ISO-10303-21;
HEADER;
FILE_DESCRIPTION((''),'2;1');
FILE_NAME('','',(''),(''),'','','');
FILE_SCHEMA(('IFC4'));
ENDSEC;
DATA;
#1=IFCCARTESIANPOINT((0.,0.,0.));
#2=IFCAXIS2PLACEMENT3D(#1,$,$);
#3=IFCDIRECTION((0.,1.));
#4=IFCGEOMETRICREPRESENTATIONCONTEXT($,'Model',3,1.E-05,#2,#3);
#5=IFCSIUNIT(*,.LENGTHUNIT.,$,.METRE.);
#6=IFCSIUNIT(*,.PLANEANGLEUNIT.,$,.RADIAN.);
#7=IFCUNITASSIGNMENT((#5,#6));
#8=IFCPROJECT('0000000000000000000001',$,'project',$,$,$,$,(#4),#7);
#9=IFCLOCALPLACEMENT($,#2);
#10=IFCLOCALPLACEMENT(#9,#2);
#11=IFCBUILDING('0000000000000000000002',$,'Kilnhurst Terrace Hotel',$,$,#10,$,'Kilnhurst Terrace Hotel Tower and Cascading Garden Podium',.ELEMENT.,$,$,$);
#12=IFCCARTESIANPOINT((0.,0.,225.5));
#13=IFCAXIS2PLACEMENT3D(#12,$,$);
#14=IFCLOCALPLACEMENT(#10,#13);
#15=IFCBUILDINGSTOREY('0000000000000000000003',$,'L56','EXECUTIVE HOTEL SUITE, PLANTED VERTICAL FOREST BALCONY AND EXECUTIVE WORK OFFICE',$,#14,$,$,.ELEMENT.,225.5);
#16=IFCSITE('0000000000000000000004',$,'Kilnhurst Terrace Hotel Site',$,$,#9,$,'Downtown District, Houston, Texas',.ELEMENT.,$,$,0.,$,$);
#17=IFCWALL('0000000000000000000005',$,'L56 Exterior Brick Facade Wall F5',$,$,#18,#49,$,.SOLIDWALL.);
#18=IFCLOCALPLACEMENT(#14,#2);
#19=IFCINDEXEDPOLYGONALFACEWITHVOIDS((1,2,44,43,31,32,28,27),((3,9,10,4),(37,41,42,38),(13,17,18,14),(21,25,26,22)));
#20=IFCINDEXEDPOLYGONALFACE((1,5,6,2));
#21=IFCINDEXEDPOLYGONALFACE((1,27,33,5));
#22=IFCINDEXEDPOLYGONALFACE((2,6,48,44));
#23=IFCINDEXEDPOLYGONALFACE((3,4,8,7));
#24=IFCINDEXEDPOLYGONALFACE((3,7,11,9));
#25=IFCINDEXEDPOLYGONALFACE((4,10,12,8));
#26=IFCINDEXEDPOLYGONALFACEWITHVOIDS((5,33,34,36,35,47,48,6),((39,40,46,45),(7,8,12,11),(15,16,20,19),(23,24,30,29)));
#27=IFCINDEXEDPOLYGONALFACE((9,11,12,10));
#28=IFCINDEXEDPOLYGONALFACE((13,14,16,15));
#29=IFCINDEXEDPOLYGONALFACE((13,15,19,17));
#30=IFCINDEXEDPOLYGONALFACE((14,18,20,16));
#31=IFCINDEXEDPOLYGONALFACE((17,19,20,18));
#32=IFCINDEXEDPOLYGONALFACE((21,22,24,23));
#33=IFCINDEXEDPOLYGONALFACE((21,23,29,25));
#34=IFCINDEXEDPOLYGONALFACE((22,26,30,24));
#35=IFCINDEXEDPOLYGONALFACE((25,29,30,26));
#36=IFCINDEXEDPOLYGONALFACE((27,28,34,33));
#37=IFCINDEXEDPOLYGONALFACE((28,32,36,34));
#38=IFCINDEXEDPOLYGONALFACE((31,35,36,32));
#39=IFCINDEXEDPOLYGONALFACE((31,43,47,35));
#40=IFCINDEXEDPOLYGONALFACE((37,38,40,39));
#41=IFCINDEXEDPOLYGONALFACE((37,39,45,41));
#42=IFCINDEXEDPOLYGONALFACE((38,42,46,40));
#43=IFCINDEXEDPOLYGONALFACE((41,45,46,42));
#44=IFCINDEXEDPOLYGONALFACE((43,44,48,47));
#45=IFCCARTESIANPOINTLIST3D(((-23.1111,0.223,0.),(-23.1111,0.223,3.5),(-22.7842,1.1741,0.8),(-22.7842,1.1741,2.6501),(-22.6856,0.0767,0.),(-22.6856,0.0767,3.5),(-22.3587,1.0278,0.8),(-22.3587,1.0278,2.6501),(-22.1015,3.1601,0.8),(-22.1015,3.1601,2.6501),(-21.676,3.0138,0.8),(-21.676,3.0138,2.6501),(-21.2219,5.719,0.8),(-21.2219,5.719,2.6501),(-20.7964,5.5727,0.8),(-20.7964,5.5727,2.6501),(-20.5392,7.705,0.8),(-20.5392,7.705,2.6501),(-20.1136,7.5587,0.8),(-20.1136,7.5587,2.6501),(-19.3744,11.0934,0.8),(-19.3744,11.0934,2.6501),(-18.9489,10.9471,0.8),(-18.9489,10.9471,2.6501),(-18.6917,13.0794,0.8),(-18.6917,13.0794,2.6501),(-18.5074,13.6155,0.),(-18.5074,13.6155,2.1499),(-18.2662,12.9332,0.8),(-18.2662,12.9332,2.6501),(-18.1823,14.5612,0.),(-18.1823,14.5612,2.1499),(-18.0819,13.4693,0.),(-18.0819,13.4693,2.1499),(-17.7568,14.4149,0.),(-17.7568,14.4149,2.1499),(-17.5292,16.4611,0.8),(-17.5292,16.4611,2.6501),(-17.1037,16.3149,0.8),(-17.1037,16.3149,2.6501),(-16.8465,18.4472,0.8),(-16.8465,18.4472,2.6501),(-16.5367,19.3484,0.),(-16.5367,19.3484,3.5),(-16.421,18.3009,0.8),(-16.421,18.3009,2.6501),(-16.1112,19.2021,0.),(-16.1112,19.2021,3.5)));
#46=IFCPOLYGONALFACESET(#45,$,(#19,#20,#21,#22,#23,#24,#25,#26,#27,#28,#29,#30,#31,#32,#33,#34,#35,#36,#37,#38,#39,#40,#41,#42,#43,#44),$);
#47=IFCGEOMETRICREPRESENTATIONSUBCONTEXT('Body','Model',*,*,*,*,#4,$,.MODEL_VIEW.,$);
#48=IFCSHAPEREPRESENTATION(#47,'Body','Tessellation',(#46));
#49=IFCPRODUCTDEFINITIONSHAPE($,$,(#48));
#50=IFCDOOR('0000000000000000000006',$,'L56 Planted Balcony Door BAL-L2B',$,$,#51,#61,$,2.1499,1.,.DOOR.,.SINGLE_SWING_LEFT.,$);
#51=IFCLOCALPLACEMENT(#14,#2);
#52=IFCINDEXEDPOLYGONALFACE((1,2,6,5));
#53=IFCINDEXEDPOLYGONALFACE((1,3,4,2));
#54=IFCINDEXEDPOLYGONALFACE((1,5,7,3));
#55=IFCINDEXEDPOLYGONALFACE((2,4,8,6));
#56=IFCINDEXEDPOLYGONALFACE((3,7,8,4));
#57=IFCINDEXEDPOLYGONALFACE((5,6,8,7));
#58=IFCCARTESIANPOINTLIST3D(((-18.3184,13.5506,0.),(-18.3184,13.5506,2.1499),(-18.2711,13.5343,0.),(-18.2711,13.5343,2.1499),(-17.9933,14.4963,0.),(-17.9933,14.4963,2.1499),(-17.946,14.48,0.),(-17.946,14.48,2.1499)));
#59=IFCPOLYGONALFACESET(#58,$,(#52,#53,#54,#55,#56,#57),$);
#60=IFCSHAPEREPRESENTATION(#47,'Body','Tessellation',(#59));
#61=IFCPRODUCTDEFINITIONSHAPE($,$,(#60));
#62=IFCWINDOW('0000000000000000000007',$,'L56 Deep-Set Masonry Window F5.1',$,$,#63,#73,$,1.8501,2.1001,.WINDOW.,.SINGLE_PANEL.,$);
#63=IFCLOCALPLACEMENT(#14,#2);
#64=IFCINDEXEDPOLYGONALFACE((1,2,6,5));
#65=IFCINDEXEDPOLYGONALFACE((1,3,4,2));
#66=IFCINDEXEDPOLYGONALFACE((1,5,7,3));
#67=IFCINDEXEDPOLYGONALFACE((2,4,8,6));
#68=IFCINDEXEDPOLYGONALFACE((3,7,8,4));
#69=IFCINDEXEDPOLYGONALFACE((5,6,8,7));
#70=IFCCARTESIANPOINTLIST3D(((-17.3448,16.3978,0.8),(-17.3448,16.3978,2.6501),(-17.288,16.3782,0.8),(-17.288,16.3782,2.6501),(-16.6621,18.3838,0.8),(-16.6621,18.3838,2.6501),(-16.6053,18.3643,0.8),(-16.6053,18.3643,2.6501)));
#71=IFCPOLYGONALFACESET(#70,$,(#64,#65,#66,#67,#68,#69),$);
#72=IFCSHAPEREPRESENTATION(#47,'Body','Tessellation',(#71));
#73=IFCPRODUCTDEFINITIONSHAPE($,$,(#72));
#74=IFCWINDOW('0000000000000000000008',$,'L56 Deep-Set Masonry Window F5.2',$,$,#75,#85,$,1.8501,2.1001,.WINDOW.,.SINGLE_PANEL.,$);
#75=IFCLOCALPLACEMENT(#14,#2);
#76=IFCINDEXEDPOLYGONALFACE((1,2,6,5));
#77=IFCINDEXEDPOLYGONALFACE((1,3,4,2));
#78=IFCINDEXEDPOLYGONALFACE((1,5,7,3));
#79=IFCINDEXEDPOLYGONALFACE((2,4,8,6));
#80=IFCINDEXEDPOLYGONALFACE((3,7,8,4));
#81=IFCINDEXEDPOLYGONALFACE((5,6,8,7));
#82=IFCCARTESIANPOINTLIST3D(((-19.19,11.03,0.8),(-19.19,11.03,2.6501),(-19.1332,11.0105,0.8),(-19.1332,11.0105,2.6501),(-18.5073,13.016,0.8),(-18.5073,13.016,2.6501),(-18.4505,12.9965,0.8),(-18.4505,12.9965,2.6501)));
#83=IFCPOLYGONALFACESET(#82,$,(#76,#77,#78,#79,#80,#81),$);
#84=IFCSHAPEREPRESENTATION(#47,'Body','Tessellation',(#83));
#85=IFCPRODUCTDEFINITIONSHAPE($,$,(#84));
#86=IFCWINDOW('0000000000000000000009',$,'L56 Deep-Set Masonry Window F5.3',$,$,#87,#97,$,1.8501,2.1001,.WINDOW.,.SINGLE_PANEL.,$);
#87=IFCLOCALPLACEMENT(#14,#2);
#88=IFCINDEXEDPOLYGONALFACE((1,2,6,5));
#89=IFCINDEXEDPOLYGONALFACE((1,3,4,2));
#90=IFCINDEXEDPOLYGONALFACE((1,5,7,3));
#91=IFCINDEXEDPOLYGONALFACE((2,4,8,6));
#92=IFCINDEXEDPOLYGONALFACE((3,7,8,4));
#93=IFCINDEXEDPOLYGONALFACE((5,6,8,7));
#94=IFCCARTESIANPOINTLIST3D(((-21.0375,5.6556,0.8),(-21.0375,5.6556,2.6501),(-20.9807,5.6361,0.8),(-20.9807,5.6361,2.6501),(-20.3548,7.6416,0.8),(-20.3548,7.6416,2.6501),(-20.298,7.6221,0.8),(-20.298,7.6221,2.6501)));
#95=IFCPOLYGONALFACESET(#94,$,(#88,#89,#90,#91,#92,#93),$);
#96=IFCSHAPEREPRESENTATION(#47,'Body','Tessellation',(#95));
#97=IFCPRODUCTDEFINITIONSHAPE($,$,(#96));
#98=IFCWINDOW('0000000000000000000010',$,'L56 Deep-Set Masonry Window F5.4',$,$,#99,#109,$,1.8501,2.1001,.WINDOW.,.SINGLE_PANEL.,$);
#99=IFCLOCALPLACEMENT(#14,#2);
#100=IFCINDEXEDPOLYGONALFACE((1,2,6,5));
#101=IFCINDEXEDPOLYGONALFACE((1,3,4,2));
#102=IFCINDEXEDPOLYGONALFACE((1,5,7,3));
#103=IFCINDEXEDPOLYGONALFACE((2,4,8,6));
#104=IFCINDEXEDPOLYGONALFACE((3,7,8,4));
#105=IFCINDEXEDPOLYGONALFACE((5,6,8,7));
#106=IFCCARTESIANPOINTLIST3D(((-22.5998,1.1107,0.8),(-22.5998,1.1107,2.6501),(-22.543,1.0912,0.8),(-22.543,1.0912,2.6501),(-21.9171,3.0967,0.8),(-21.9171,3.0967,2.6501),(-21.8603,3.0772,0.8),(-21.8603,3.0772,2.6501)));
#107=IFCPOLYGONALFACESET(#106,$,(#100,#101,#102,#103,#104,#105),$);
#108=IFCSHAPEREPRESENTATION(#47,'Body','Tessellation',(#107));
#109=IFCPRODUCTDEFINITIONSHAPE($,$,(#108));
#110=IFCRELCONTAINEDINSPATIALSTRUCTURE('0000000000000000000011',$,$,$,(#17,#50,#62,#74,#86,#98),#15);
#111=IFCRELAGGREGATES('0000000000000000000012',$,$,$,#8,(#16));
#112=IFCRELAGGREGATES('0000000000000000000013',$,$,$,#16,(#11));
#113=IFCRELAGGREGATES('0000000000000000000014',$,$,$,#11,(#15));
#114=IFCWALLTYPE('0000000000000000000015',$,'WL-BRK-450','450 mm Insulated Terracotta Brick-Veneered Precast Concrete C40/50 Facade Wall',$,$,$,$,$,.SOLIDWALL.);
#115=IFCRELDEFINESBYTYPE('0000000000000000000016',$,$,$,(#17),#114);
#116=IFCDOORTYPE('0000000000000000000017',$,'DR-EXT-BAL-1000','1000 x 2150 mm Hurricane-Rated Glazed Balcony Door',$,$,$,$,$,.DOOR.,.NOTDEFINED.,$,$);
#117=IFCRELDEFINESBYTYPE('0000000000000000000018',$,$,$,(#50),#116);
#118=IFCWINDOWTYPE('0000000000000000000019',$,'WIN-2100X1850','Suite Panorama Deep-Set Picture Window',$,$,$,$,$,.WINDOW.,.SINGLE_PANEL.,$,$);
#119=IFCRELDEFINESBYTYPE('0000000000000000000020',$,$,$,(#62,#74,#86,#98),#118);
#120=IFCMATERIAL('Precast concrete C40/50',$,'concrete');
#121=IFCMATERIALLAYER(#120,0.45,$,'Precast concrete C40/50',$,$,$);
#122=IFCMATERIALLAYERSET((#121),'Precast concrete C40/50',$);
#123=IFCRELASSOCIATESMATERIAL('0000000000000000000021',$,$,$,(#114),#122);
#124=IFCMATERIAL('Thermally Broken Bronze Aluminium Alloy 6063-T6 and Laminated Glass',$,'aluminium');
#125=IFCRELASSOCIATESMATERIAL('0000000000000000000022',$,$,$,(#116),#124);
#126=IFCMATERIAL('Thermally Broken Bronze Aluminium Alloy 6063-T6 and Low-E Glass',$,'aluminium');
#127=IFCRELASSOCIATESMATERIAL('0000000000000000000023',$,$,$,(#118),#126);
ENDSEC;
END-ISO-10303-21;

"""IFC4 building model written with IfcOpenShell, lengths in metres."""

from ifc_helpers import new_model, si_unit, direction, frame, frame_2d, origin, place, context, subcontext, project, spatial, rectangle, extrude, material, layer, layer_set, type_object, element, fill, save


model = new_model("IFC4")

# Units and contexts
model_context = context("Model", 3, precision=1e-05, world=origin(), true_north=direction((0.0, 1.0)))
body_context = subcontext(model_context, "Body", "Model", "MODEL_VIEW")
ifc_project = project(units=[si_unit("LENGTHUNIT", "METRE"), si_unit("PLANEANGLEUNIT", "RADIAN")], contexts=[model_context])

# Site, building, storey
site_placement = place(None, origin())
site = spatial("IfcSite", under=ifc_project, at=site_placement, Name="Kilnhurst Terrace Hotel Site", LongName="Downtown District, Houston, Texas", CompositionType="ELEMENT", RefElevation=0.0)
building_placement = place(site_placement, origin())
building = spatial("IfcBuilding", under=site, at=building_placement, Name="Kilnhurst Terrace Hotel", LongName="Kilnhurst Terrace Hotel Tower and Cascading Garden Podium", CompositionType="ELEMENT")
storey_placement = place(building_placement, frame((0.0, 0.0, 225.5)))
storey = spatial("IfcBuildingStorey", under=building, at=storey_placement, Name="L56", Description="EXECUTIVE HOTEL SUITE, PLANTED VERTICAL FOREST BALCONY AND EXECUTIVE WORK OFFICE", CompositionType="ELEMENT", Elevation=225.5)

# Shared definitions
ifc_material_1 = material(Name="Precast concrete C40/50", Category="concrete")
ifc_layer_1 = layer(ifc_material_1, 0.45, Name="Precast concrete C40/50")
ifc_layer_set_1 = layer_set([ifc_layer_1], Name="Precast concrete C40/50")
wall_type_1 = type_object("IfcWallType", Name="WL-BRK-450", Description="450 mm Insulated Terracotta Brick-Veneered Precast Concrete C40/50 Facade Wall", PredefinedType="SOLIDWALL", material=ifc_layer_set_1)

# Wall, openings, door, windows
wall_1_placement = place(storey_placement, frame((-16.324, 19.2751, 0.0), z_axis=(0.0, 0.0, 1.0), x_axis=(-0.325083, -0.945685, 0.0)))
wall_1 = element("IfcWall", 1, at=wall_1_placement, inside=storey, type_object=wall_type_1, Name="L56 Exterior Brick Facade Wall F5", PredefinedType="SOLIDWALL", context=body_context, shape_type="SweptSolid", body=[
    extrude(rectangle(XDim=20.2239, YDim=0.45, at=frame_2d((10.1118, 0.0))), origin(), (0.0, 0.0, 1.0), 3.5),
])
opening_1_placement = place(wall_1_placement, frame((5.062, 0.0, 0.0)))
opening_1 = element("IfcOpeningElement", 2, at=opening_1_placement, cuts=wall_1, PredefinedType="OPENING", context=body_context, shape_type="SweptSolid", body=[
    extrude(rectangle(XDim=1.0, YDim=2.1499, at=frame_2d((0.5, 1.075))), frame((0.0, 0.2349, 0.0), z_axis=(0.0, -1.0, 0.0), x_axis=(1.0, 0.0, 0.0)), (0.0, 0.0, 1.0), 0.47),
])
opening_2_placement = place(wall_1_placement, frame((0.9529, 0.0, 0.8)))
opening_2 = element("IfcOpeningElement", 3, at=opening_2_placement, cuts=wall_1, PredefinedType="OPENING", context=body_context, shape_type="SweptSolid", body=[
    extrude(rectangle(XDim=2.1001, YDim=1.8501, at=frame_2d((1.05, 0.925))), frame((0.0, 0.2349, 0.0), z_axis=(0.0, -1.0, 0.0), x_axis=(1.0, 0.0, 0.0)), (0.0, 0.0, 1.0), 0.47),
])
opening_3_placement = place(wall_1_placement, frame((6.6289, 0.0, 0.8)))
opening_3 = element("IfcOpeningElement", 4, at=opening_3_placement, cuts=wall_1, PredefinedType="OPENING", context=body_context, shape_type="SweptSolid", body=[
    extrude(rectangle(XDim=2.1001, YDim=1.8501, at=frame_2d((1.05, 0.925))), frame((0.0, 0.2349, 0.0), z_axis=(0.0, -1.0, 0.0), x_axis=(1.0, 0.0, 0.0)), (0.0, 0.0, 1.0), 0.47),
])
opening_4_placement = place(wall_1_placement, frame((12.312, 0.0, 0.8)))
opening_4 = element("IfcOpeningElement", 5, at=opening_4_placement, cuts=wall_1, PredefinedType="OPENING", context=body_context, shape_type="SweptSolid", body=[
    extrude(rectangle(XDim=2.1001, YDim=1.8501, at=frame_2d((1.05, 0.925))), frame((0.0, 0.2349, 0.0), z_axis=(0.0, -1.0, 0.0), x_axis=(1.0, 0.0, 0.0)), (0.0, 0.0, 1.0), 0.47),
])
opening_5_placement = place(wall_1_placement, frame((17.1179, 0.0, 0.8)))
opening_5 = element("IfcOpeningElement", 6, at=opening_5_placement, cuts=wall_1, PredefinedType="OPENING", context=body_context, shape_type="SweptSolid", body=[
    extrude(rectangle(XDim=2.1001, YDim=1.8501, at=frame_2d((1.05, 0.925))), frame((0.0, 0.2349, 0.0), z_axis=(0.0, -1.0, 0.0), x_axis=(1.0, 0.0, 0.0)), (0.0, 0.0, 1.0), 0.47),
])
ifc_material_2 = material(Name="Thermally Broken Bronze Aluminium Alloy 6063-T6 and Laminated Glass", Category="aluminium")
door_type_1 = type_object("IfcDoorType", Name="DR-EXT-BAL-1000", Description="1000 x 2150 mm Hurricane-Rated Glazed Balcony Door", OperationType="NOTDEFINED", PredefinedType="DOOR", material=ifc_material_2)
door_1_placement = place(opening_1_placement, origin())
door_1 = element("IfcDoor", 7, at=door_1_placement, inside=storey, type_object=door_type_1, Name="L56 Planted Balcony Door BAL-L2B", OperationType="SINGLE_SWING_LEFT", OverallHeight=2.1499, OverallWidth=1.0, PredefinedType="DOOR", context=body_context, shape_type="SweptSolid", body=[
    extrude(rectangle(XDim=1.0, YDim=2.1499, at=frame_2d((0.5, 1.075))), frame((0.0, 0.0249, 0.0), z_axis=(0.0, -1.0, 0.0), x_axis=(1.0, 0.0, 0.0)), (0.0, 0.0, 1.0), 0.05),
])
fill(opening_1, door_1)
ifc_material_3 = material(Name="Thermally Broken Bronze Aluminium Alloy 6063-T6 and Low-E Glass", Category="aluminium")
window_type = type_object("IfcWindowType", Name="WIN-2100X1850", Description="Suite Panorama Deep-Set Picture Window", PartitioningType="SINGLE_PANEL", PredefinedType="WINDOW", material=ifc_material_3)
window_1_placement = place(opening_2_placement, origin())
window_1 = element("IfcWindow", 8, at=window_1_placement, inside=storey, type_object=window_type, Name="L56 Deep-Set Masonry Window F5.1", OverallHeight=1.8501, OverallWidth=2.1001, PartitioningType="SINGLE_PANEL", PredefinedType="WINDOW", context=body_context, shape_type="SweptSolid", body=[
    extrude(rectangle(XDim=2.1001, YDim=1.8501, at=frame_2d((1.05, 0.925))), frame((0.0, 0.03, 0.0), z_axis=(0.0, -1.0, 0.0), x_axis=(1.0, 0.0, 0.0)), (0.0, 0.0, 1.0), 0.0601),
])
fill(opening_2, window_1)
window_2_placement = place(opening_3_placement, origin())
window_2 = element("IfcWindow", 9, at=window_2_placement, inside=storey, type_object=window_type, Name="L56 Deep-Set Masonry Window F5.2", OverallHeight=1.8501, OverallWidth=2.1001, PartitioningType="SINGLE_PANEL", PredefinedType="WINDOW", context=body_context, shape_type="SweptSolid", body=[
    extrude(rectangle(XDim=2.1001, YDim=1.8501, at=frame_2d((1.05, 0.925))), frame((0.0, 0.03, 0.0), z_axis=(0.0, -1.0, 0.0), x_axis=(1.0, 0.0, 0.0)), (0.0, 0.0, 1.0), 0.0601),
])
fill(opening_3, window_2)
window_3_placement = place(opening_4_placement, origin())
window_3 = element("IfcWindow", 10, at=window_3_placement, inside=storey, type_object=window_type, Name="L56 Deep-Set Masonry Window F5.3", OverallHeight=1.8501, OverallWidth=2.1001, PartitioningType="SINGLE_PANEL", PredefinedType="WINDOW", context=body_context, shape_type="SweptSolid", body=[
    extrude(rectangle(XDim=2.1001, YDim=1.8501, at=frame_2d((1.05, 0.925))), frame((0.0, 0.03, 0.0), z_axis=(0.0, -1.0, 0.0), x_axis=(1.0, 0.0, 0.0)), (0.0, 0.0, 1.0), 0.0601),
])
fill(opening_4, window_3)
window_4_placement = place(opening_5_placement, origin())
window_4 = element("IfcWindow", 11, at=window_4_placement, inside=storey, type_object=window_type, Name="L56 Deep-Set Masonry Window F5.4", OverallHeight=1.8501, OverallWidth=2.1001, PartitioningType="SINGLE_PANEL", PredefinedType="WINDOW", context=body_context, shape_type="SweptSolid", body=[
    extrude(rectangle(XDim=2.1001, YDim=1.8501, at=frame_2d((1.05, 0.925))), frame((0.0, 0.03, 0.0), z_axis=(0.0, -1.0, 0.0), x_axis=(1.0, 0.0, 0.0)), (0.0, 0.0, 1.0), 0.0601),
])
fill(opening_5, window_4)

save(model, "model.ifc")
